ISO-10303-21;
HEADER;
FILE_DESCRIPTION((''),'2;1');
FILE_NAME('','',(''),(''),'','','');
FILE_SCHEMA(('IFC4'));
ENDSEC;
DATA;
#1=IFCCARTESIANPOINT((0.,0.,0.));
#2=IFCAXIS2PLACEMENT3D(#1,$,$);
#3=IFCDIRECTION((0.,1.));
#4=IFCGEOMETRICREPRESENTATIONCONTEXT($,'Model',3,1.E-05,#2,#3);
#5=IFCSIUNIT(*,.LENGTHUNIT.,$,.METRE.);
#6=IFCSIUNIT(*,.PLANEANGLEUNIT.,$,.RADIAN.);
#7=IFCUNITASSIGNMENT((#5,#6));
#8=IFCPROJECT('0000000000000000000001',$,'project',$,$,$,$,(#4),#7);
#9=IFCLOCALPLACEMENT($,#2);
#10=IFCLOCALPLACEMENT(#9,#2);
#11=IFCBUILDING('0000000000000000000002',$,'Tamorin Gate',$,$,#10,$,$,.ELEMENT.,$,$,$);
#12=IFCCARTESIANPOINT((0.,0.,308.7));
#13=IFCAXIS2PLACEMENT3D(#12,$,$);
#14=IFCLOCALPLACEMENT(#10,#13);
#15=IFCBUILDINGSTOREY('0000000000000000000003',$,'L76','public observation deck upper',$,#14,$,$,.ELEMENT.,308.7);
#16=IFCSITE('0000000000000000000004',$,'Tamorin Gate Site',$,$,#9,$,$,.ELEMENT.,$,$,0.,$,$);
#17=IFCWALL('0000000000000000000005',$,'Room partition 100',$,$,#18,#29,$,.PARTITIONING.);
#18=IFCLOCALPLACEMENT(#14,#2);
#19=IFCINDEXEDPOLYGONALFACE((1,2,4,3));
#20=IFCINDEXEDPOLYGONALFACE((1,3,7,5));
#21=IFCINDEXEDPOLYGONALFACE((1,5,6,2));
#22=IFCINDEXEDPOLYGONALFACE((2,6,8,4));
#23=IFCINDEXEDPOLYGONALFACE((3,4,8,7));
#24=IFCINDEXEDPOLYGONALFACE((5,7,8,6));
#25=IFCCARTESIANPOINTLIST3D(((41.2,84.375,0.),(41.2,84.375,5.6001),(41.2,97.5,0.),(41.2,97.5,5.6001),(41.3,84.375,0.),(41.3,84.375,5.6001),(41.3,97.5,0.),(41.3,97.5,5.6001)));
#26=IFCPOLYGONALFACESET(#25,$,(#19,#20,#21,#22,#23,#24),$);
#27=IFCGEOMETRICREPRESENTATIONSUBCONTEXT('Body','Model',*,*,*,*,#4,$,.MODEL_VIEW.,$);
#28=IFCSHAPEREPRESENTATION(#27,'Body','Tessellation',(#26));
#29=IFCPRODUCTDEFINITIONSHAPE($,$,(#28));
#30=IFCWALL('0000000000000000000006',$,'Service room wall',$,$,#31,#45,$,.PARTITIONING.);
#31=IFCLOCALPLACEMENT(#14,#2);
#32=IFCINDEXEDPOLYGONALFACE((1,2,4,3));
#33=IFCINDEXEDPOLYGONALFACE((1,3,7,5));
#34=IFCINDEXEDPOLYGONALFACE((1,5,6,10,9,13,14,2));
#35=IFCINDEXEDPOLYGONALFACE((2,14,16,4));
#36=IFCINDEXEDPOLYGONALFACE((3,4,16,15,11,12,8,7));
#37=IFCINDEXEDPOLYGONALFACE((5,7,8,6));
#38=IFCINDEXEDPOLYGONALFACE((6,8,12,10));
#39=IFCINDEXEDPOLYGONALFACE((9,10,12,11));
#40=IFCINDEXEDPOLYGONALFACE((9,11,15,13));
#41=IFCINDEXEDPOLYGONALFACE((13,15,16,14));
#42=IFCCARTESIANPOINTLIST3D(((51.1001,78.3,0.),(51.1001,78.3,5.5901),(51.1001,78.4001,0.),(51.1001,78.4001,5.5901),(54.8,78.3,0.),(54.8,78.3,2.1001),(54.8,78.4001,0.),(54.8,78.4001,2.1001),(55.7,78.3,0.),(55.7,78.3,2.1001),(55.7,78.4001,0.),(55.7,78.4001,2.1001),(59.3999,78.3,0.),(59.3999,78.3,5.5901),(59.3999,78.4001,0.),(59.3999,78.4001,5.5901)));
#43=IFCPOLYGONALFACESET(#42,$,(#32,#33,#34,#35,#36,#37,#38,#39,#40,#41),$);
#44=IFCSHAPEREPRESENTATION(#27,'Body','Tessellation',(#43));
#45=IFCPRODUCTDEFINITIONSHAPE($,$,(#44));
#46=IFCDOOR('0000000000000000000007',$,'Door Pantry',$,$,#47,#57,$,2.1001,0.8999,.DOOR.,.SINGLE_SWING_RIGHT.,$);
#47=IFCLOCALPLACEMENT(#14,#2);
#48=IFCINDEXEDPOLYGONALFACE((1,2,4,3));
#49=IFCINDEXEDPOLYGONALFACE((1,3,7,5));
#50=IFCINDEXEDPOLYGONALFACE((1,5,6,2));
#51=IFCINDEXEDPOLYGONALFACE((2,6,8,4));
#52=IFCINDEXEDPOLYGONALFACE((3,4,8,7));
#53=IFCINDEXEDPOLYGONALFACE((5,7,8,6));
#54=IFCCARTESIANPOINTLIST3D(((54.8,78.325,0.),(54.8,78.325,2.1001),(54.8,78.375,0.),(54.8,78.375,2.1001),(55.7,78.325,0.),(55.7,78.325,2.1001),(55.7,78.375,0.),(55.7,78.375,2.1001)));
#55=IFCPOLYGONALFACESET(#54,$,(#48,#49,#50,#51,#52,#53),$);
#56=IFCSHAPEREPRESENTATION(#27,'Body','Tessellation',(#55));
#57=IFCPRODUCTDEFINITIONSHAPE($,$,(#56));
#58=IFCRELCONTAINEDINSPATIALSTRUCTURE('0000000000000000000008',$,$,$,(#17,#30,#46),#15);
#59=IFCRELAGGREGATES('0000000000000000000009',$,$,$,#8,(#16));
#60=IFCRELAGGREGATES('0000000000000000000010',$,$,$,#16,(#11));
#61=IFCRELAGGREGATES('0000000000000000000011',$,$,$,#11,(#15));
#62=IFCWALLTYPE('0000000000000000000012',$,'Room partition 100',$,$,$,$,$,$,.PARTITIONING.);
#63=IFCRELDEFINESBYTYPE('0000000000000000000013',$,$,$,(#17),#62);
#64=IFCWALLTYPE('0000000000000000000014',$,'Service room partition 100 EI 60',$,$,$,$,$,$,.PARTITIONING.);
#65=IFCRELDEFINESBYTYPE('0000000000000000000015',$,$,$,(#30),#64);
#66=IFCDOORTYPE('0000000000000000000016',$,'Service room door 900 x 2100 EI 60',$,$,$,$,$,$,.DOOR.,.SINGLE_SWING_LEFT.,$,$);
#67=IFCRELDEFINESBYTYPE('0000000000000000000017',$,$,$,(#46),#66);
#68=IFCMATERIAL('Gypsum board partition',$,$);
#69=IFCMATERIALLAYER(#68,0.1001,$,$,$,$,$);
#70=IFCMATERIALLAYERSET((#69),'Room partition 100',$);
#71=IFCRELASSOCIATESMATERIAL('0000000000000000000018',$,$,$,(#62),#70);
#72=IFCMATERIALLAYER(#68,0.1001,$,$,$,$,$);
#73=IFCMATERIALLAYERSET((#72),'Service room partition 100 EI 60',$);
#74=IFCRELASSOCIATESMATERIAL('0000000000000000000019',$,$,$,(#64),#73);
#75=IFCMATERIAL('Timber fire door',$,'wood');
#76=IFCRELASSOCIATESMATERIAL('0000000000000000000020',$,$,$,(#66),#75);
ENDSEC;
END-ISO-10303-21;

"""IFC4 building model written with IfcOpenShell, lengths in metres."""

from ifc_helpers import new_model, si_unit, direction, frame, frame_2d, origin, place, context, subcontext, project, spatial, rectangle, extrude, material, layer, layer_set, type_object, element, fill, save


model = new_model("IFC4")

# Units and contexts
model_context = context("Model", 3, precision=1e-05, world=origin(), true_north=direction((0.0, 1.0)))
body_context = subcontext(model_context, "Body", "Model", "MODEL_VIEW")
ifc_project = project(units=[si_unit("LENGTHUNIT", "METRE"), si_unit("PLANEANGLEUNIT", "RADIAN")], contexts=[model_context])

# Site, building, storey
site_placement = place(None, origin())
site = spatial("IfcSite", under=ifc_project, at=site_placement, Name="Tamorin Gate Site", CompositionType="ELEMENT", RefElevation=0.0)
building_placement = place(site_placement, origin())
building = spatial("IfcBuilding", under=site, at=building_placement, Name="Tamorin Gate", CompositionType="ELEMENT")
storey_placement = place(building_placement, frame((0.0, 0.0, 308.7)))
storey = spatial("IfcBuildingStorey", under=building, at=storey_placement, Name="L76", Description="public observation deck upper", CompositionType="ELEMENT", Elevation=308.7)

# Shared definitions
ifc_material_1 = material(Name="Gypsum board partition")

# Wall
ifc_layer_1 = layer(ifc_material_1, 0.1001)
ifc_layer_set_1 = layer_set([ifc_layer_1], Name="Room partition 100")
wall_type_1 = type_object("IfcWallType", Name="Room partition 100", PredefinedType="PARTITIONING", material=ifc_layer_set_1)
wall_1_placement = place(storey_placement, frame((41.25, 84.375, 0.0), z_axis=(0.0, 0.0, 1.0), x_axis=(0.0, 1.0, 0.0)))
element("IfcWall", 1, at=wall_1_placement, inside=storey, type_object=wall_type_1, Name="Room partition 100", PredefinedType="PARTITIONING", context=body_context, shape_type="SweptSolid", body=[
    extrude(rectangle(XDim=13.125, YDim=0.1001, at=frame_2d((6.5625, 0.0))), origin(), (0.0, 0.0, 1.0), 5.6001),
])

# Wall, opening, door
ifc_layer_2 = layer(ifc_material_1, 0.1001)
ifc_layer_set_2 = layer_set([ifc_layer_2], Name="Service room partition 100 EI 60")
wall_type_2 = type_object("IfcWallType", Name="Service room partition 100 EI 60", PredefinedType="PARTITIONING", material=ifc_layer_set_2)
wall_2_placement = place(storey_placement, frame((51.1001, 78.3501, 0.0), z_axis=(0.0, 0.0, 1.0), x_axis=(1.0, 0.0, 0.0)))
wall_2 = element("IfcWall", 2, at=wall_2_placement, inside=storey, type_object=wall_type_2, Name="Service room wall", PredefinedType="PARTITIONING", context=body_context, shape_type="SweptSolid", body=[
    extrude(rectangle(XDim=8.2998, YDim=0.1001, at=frame_2d((4.1499, 0.0))), origin(), (0.0, 0.0, 1.0), 5.5901),
])
opening_1_placement = place(wall_2_placement, frame((3.7, 0.0, 0.0)))
opening_1 = element("IfcOpeningElement", 3, at=opening_1_placement, cuts=wall_2, PredefinedType="OPENING", context=body_context, shape_type="SweptSolid", body=[
    extrude(rectangle(XDim=0.8999, YDim=2.1001, at=frame_2d((0.45, 1.05))), frame((0.0, 0.0601, 0.0), z_axis=(0.0, -1.0, 0.0), x_axis=(1.0, 0.0, 0.0)), (0.0, 0.0, 1.0), 0.1201),
])
ifc_material_2 = material(Name="Timber fire door", Category="wood")
door_type_1 = type_object("IfcDoorType", Name="Service room door 900 x 2100 EI 60", OperationType="SINGLE_SWING_LEFT", PredefinedType="DOOR", material=ifc_material_2)
door_1_placement = place(opening_1_placement, origin())
door_1 = element("IfcDoor", 4, at=door_1_placement, inside=storey, type_object=door_type_1, Name="Door Pantry", OperationType="SINGLE_SWING_RIGHT", OverallHeight=2.1001, OverallWidth=0.8999, PredefinedType="DOOR", context=body_context, shape_type="SweptSolid", body=[
    extrude(rectangle(XDim=0.8999, YDim=2.1001, at=frame_2d((0.45, 1.05))), frame((0.0, 0.0249, 0.0), z_axis=(0.0, -1.0, 0.0), x_axis=(1.0, 0.0, 0.0)), (0.0, 0.0, 1.0), 0.05),
])
fill(opening_1, door_1)

save(model, "model.ifc")
